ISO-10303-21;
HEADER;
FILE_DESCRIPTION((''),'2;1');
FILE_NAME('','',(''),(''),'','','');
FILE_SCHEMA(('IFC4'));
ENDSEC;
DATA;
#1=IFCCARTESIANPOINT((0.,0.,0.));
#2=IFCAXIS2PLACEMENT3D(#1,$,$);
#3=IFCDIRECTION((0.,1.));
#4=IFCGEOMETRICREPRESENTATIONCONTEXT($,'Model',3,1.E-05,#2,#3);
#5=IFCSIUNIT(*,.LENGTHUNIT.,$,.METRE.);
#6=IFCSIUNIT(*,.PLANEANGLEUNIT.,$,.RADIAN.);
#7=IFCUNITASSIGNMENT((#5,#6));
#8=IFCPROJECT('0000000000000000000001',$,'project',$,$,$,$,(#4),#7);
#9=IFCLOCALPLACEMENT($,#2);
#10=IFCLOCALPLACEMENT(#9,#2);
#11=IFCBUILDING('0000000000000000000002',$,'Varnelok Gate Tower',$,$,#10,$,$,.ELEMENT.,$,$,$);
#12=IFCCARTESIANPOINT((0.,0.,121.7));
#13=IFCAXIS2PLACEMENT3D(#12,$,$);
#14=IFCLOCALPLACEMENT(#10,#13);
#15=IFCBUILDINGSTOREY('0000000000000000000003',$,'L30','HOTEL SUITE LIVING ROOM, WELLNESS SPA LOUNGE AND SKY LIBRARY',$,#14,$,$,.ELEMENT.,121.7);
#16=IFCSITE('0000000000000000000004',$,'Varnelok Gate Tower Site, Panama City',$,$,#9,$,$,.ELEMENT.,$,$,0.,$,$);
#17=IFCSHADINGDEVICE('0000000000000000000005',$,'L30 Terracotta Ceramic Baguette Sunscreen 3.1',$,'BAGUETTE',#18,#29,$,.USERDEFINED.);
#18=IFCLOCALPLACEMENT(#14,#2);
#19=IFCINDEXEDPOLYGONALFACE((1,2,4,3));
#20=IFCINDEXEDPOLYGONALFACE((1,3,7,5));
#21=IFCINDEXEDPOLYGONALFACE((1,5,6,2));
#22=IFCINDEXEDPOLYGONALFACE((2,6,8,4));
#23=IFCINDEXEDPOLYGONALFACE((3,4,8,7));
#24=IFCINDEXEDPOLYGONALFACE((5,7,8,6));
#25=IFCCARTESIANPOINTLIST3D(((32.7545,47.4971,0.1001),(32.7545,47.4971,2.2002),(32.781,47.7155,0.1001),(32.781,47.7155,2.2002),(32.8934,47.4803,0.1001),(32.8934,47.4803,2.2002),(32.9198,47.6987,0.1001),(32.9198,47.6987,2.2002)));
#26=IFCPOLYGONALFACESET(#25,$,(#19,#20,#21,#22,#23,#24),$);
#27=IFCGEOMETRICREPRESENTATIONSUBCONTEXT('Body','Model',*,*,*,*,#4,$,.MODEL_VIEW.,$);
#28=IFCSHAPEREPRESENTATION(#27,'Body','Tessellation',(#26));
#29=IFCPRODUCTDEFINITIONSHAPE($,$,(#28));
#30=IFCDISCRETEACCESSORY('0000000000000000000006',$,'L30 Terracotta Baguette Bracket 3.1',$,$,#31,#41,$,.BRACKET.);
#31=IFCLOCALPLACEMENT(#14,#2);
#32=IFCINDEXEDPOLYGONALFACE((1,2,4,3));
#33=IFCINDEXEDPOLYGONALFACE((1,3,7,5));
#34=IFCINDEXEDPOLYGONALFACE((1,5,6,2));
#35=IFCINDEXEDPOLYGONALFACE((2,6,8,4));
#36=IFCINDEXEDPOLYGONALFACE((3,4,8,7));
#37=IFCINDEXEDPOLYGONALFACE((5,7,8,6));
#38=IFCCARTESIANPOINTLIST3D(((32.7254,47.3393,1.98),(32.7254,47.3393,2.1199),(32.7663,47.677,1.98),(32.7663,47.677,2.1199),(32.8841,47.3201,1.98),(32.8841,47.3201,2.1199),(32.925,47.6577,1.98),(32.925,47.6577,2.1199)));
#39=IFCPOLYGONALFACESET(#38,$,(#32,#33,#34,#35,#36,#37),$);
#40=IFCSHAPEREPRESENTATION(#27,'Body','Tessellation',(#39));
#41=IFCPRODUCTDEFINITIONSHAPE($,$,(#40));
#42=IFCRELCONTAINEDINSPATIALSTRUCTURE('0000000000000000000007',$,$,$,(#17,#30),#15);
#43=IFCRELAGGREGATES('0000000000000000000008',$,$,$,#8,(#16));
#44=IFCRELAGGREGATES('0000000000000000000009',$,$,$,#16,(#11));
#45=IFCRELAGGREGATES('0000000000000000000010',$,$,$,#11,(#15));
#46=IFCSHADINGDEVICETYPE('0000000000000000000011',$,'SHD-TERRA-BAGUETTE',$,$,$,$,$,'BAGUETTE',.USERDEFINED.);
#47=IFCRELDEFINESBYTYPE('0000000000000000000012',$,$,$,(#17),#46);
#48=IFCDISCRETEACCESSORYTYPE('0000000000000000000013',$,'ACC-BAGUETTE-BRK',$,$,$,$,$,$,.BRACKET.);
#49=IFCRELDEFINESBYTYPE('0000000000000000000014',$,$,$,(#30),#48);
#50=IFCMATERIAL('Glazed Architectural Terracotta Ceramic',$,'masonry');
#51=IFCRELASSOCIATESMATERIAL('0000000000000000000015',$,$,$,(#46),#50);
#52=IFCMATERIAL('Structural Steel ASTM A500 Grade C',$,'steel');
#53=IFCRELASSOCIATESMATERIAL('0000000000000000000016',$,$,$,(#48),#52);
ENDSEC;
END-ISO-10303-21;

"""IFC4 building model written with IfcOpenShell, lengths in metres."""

from ifc_helpers import new_model, si_unit, direction, frame, origin, origin_2d, place, context, subcontext, project, spatial, rectangle, extrude, source, transform, mapped, material, type_object, element, save


model = new_model("IFC4")

# Units and contexts
model_context = context("Model", 3, precision=1e-05, world=origin(), true_north=direction((0.0, 1.0)))
body_context = subcontext(model_context, "Body", "Model", "MODEL_VIEW")
ifc_project = project(units=[si_unit("LENGTHUNIT", "METRE"), si_unit("PLANEANGLEUNIT", "RADIAN")], contexts=[model_context])

# Site, building, storey
site_placement = place(None, origin())
site = spatial("IfcSite", under=ifc_project, at=site_placement, Name="Varnelok Gate Tower Site, Panama City", CompositionType="ELEMENT", RefElevation=0.0)
building_placement = place(site_placement, origin())
building = spatial("IfcBuilding", under=site, at=building_placement, Name="Varnelok Gate Tower", CompositionType="ELEMENT")
storey_placement = place(building_placement, frame((0.0, 0.0, 121.7)))
storey = spatial("IfcBuildingStorey", under=building, at=storey_placement, Name="L30", Description="HOTEL SUITE LIVING ROOM, WELLNESS SPA LOUNGE AND SKY LIBRARY", CompositionType="ELEMENT", Elevation=121.7)

# Shading device
ifc_material_1 = material(Name="Glazed Architectural Terracotta Ceramic", Category="masonry")
shading_device_type = type_object("IfcShadingDeviceType", Name="SHD-TERRA-BAGUETTE", ElementType="BAGUETTE", PredefinedType="USERDEFINED", material=ifc_material_1)
shared_shape_1 = source(origin(), body_context, "Body", "SweptSolid", [
    extrude(rectangle(XDim=0.1399, YDim=0.22, at=origin_2d()), origin(), (0.0, 0.0, 1.0), 2.1001),
])
shading_device_placement = place(storey_placement, frame((32.8372, 47.5979, 0.1001), z_axis=(0.0, 0.0, 1.0), x_axis=(0.992732, -0.120345, 0.0)))
element("IfcShadingDevice", 1, at=shading_device_placement, inside=storey, type_object=shading_device_type, Name="L30 Terracotta Ceramic Baguette Sunscreen 3.1", ObjectType="BAGUETTE", PredefinedType="USERDEFINED", context=body_context, shape_type="MappedRepresentation", body=[
    mapped(shared_shape_1, transform((0.0, 0.0, 0.0), scale=1.0)),
])

# Discrete accessory
ifc_material_2 = material(Name="Structural Steel ASTM A500 Grade C", Category="steel")
discrete_accessory_type = type_object("IfcDiscreteAccessoryType", Name="ACC-BAGUETTE-BRK", PredefinedType="BRACKET", material=ifc_material_2)
shared_shape_2 = source(origin(), body_context, "Body", "SweptSolid", [
    extrude(rectangle(XDim=0.1599, YDim=0.3401, at=origin_2d()), origin(), (0.0, 0.0, 1.0), 0.1399),
])
discrete_accessory_placement = place(storey_placement, frame((32.8252, 47.4985, 1.98), z_axis=(0.0, 0.0, 1.0), x_axis=(0.992732, -0.120345, 0.0)))
element("IfcDiscreteAccessory", 2, at=discrete_accessory_placement, inside=storey, type_object=discrete_accessory_type, Name="L30 Terracotta Baguette Bracket 3.1", PredefinedType="BRACKET", context=body_context, shape_type="MappedRepresentation", body=[
    mapped(shared_shape_2, transform((0.0, 0.0, 0.0), scale=1.0)),
])

save(model, "model.ifc")
